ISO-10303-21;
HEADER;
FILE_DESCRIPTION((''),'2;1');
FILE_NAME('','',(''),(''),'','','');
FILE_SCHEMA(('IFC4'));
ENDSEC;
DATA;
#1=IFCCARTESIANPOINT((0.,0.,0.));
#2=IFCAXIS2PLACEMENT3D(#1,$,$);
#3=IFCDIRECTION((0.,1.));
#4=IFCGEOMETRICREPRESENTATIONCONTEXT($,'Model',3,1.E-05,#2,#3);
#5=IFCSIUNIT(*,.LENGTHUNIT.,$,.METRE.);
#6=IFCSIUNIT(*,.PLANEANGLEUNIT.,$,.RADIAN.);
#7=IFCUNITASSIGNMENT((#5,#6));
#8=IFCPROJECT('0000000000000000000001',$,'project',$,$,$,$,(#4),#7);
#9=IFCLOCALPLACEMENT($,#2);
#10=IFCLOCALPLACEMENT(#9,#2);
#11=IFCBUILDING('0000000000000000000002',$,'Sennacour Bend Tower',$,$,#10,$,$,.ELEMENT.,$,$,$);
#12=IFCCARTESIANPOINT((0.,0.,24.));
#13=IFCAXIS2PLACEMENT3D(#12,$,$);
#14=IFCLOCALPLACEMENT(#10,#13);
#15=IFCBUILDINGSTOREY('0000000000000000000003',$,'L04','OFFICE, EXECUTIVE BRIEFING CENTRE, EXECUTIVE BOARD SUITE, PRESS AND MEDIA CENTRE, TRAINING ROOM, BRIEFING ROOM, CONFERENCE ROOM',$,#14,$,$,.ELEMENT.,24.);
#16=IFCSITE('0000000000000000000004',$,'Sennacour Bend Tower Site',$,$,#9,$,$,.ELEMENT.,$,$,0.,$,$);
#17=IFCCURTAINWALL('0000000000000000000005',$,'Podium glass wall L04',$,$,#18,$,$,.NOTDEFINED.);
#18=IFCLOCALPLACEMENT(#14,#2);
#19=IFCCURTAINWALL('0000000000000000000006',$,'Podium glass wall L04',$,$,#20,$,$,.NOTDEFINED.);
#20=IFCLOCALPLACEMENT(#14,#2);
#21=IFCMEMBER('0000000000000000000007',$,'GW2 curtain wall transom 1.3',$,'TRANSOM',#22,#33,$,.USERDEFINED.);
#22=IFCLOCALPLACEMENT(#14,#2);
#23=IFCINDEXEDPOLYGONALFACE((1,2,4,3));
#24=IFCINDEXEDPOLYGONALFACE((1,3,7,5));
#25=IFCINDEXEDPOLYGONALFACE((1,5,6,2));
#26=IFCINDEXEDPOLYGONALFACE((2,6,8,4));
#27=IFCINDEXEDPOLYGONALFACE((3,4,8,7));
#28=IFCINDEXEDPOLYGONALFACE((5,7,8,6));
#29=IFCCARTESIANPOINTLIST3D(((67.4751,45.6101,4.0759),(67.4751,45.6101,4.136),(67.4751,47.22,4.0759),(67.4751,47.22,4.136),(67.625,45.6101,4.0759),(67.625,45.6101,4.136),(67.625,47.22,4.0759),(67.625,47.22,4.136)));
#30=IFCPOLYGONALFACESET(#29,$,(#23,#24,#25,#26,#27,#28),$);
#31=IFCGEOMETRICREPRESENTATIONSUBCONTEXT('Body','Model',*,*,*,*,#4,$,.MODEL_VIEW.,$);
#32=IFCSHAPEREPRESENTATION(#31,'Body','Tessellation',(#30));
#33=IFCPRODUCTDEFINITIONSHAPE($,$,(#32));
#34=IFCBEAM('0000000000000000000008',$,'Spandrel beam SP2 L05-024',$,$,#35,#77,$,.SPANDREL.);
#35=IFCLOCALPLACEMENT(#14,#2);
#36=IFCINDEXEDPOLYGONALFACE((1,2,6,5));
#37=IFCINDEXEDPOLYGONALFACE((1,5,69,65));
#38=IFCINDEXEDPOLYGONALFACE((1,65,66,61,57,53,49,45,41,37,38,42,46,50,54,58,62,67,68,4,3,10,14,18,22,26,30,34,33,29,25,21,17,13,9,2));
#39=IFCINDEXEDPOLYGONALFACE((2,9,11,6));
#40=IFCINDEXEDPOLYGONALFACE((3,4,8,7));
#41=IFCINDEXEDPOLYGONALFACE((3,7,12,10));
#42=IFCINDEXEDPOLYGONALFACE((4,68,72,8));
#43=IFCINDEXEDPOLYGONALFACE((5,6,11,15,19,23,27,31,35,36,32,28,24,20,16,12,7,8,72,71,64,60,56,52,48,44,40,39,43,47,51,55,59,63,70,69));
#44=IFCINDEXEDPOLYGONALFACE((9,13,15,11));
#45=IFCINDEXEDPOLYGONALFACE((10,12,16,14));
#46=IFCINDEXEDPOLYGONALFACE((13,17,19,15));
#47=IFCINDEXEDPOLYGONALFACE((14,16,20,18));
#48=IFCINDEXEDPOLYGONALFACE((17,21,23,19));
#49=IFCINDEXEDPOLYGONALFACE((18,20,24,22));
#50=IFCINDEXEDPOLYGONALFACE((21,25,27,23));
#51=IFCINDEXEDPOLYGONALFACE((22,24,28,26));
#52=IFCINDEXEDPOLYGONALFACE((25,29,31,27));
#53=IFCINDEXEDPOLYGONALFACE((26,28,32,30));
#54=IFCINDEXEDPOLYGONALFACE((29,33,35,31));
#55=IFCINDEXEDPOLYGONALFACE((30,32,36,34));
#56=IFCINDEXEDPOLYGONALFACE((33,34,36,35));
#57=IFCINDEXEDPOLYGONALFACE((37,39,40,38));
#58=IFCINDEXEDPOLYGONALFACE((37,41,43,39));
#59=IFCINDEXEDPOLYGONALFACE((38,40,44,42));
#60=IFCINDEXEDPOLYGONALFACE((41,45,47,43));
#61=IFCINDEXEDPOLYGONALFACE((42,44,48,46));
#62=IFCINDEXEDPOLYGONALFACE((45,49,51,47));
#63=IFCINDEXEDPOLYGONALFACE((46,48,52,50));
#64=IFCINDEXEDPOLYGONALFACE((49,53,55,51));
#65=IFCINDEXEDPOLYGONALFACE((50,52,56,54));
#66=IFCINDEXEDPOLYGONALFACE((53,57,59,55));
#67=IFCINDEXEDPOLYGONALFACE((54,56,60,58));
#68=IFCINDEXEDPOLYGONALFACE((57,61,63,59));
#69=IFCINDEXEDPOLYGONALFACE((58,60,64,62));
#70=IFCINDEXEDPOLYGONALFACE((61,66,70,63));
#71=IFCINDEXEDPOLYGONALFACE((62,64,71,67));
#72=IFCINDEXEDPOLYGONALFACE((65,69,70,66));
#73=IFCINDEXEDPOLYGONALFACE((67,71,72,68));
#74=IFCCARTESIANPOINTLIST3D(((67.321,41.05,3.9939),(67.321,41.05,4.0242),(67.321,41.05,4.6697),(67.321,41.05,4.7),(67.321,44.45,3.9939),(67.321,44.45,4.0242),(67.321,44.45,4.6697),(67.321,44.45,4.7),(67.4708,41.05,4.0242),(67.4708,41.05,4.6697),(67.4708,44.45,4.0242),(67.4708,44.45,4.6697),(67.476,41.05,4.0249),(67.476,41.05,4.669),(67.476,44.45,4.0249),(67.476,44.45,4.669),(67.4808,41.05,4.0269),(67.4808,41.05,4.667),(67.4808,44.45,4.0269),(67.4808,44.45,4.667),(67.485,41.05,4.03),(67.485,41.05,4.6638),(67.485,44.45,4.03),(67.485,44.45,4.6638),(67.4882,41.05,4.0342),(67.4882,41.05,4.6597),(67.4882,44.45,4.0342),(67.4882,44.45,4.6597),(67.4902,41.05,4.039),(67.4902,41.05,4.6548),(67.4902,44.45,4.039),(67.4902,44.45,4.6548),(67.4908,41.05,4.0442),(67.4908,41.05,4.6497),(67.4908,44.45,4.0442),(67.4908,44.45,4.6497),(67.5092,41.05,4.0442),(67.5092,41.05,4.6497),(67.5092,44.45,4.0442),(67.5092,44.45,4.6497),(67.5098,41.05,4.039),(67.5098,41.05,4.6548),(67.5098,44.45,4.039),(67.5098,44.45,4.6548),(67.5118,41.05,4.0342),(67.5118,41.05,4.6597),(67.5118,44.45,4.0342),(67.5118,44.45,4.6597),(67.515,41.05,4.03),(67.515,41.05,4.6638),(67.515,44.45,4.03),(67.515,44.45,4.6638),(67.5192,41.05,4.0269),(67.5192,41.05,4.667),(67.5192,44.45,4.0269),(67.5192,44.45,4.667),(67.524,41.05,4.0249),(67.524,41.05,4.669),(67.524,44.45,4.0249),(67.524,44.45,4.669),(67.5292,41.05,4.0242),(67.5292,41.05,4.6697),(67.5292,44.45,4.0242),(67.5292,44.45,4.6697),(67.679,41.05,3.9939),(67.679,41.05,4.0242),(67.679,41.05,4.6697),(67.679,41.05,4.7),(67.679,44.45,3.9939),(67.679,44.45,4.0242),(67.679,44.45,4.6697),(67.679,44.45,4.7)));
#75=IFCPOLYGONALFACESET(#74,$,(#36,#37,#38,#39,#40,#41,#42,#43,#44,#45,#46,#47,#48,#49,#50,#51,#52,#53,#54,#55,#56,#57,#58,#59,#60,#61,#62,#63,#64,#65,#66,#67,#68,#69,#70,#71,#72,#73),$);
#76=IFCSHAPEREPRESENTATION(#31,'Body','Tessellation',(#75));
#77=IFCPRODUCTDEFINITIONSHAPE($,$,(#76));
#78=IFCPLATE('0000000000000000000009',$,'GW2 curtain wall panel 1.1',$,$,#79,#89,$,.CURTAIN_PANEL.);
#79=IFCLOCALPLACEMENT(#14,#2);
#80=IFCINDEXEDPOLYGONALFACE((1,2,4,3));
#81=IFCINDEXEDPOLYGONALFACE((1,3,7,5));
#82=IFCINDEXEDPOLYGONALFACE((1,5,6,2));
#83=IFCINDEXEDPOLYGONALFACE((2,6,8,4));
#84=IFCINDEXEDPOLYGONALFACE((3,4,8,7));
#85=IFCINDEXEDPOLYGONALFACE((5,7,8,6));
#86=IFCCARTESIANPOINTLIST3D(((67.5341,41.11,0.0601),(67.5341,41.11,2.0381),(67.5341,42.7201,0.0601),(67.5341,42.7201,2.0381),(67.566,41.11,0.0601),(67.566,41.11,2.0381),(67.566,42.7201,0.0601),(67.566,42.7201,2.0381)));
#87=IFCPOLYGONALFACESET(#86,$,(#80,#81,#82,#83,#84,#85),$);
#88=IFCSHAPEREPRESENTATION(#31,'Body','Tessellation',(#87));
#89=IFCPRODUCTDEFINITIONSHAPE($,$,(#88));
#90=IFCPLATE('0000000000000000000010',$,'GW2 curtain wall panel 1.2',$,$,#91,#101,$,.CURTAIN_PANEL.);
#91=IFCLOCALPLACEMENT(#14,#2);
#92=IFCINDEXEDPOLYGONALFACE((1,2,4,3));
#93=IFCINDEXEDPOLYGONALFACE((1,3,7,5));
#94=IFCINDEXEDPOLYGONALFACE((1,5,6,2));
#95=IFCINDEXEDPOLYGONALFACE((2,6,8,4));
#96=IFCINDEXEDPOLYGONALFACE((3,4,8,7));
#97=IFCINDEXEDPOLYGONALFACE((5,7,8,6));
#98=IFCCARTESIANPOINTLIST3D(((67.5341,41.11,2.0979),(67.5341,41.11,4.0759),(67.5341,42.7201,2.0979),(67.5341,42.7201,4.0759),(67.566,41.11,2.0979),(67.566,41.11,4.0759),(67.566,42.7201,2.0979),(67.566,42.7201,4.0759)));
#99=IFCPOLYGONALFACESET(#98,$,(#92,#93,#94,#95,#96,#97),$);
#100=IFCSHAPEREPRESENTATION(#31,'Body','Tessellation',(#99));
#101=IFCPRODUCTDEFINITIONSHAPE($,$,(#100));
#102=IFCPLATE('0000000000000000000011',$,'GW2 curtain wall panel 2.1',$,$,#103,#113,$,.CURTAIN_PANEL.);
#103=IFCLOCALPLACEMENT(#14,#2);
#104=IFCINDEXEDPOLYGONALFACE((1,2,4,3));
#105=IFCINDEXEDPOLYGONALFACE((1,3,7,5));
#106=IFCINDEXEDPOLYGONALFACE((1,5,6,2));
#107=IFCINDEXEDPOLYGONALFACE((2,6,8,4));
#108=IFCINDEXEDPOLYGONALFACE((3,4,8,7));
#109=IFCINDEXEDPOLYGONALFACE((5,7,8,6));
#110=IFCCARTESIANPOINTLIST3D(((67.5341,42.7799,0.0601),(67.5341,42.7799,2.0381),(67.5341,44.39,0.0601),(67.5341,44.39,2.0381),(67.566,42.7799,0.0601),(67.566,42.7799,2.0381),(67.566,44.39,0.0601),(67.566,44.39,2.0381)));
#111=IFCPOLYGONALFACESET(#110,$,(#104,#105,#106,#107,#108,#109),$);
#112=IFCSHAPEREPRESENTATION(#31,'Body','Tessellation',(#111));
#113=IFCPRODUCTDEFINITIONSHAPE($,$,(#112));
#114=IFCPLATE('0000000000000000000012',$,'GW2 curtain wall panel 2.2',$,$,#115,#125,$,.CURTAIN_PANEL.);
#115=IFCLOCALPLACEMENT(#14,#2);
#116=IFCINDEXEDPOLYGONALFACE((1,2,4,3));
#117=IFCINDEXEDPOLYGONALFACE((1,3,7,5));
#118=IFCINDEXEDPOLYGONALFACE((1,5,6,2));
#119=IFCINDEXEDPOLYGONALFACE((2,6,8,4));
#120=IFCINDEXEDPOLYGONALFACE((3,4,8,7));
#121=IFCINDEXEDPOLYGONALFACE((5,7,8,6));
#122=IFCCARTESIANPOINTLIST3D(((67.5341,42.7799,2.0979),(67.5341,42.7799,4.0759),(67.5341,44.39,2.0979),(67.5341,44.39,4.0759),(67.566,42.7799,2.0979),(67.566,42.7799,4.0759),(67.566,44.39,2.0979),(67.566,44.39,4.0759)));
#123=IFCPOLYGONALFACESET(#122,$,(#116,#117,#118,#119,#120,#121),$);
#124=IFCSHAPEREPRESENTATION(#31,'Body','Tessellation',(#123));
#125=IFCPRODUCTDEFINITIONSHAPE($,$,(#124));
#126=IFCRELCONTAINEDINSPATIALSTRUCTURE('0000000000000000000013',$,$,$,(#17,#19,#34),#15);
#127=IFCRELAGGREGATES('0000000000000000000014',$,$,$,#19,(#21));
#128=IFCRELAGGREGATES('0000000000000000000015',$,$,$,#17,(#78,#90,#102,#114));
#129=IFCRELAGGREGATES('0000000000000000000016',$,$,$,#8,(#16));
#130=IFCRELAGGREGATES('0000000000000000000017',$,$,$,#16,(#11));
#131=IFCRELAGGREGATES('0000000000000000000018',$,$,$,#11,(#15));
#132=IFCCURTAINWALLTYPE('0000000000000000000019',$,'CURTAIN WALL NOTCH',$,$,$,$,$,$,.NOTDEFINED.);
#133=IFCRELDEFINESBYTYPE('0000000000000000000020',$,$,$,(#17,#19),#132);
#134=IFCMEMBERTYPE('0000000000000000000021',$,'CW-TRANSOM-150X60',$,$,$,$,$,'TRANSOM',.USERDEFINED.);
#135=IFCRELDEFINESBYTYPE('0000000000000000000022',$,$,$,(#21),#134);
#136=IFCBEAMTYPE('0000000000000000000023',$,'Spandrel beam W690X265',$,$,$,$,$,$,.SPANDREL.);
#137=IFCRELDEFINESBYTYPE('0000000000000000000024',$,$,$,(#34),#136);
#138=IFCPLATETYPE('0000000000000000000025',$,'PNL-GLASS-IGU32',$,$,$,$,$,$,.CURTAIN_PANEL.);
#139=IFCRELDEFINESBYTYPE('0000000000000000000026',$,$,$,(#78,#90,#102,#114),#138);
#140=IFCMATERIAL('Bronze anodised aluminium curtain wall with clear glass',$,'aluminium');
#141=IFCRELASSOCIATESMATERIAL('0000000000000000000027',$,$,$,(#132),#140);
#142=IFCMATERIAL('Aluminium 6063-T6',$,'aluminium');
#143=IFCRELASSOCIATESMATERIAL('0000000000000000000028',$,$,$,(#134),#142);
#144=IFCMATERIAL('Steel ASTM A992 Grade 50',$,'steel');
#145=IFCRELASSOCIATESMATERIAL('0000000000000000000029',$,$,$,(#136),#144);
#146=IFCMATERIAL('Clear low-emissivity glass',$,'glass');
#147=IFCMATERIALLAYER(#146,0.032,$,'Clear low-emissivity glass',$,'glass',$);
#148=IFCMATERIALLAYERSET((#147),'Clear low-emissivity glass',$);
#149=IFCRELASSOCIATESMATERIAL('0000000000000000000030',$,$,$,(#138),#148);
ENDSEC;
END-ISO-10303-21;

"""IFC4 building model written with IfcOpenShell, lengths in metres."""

from ifc_helpers import new_model, si_unit, direction, frame, origin, origin_2d, place, context, subcontext, project, spatial, rectangle, i_section, extrude, material, layer, layer_set, material_profile, profile_set, type_object, element, aggregate, save


model = new_model("IFC4")

# Units and contexts
model_context = context("Model", 3, precision=1e-05, world=origin(), true_north=direction((0.0, 1.0)))
body_context = subcontext(model_context, "Body", "Model", "MODEL_VIEW")
ifc_project = project(units=[si_unit("LENGTHUNIT", "METRE"), si_unit("PLANEANGLEUNIT", "RADIAN")], contexts=[model_context])

# Site, building, storey
site_placement = place(None, origin())
site = spatial("IfcSite", under=ifc_project, at=site_placement, Name="Sennacour Bend Tower Site", CompositionType="ELEMENT", RefElevation=0.0)
building_placement = place(site_placement, origin())
building = spatial("IfcBuilding", under=site, at=building_placement, Name="Sennacour Bend Tower", CompositionType="ELEMENT")
storey_placement = place(building_placement, frame((0.0, 0.0, 24.0)))
storey = spatial("IfcBuildingStorey", under=building, at=storey_placement, Name="L04", Description="OFFICE, EXECUTIVE BRIEFING CENTRE, EXECUTIVE BOARD SUITE, PRESS AND MEDIA CENTRE, TRAINING ROOM, BRIEFING ROOM, CONFERENCE ROOM", CompositionType="ELEMENT", Elevation=24.0)

# Curtain wall
ifc_material_1 = material(Name="Bronze anodised aluminium curtain wall with clear glass", Category="aluminium")
curtain_wall_type = type_object("IfcCurtainWallType", Name="CURTAIN WALL NOTCH", PredefinedType="NOTDEFINED", material=ifc_material_1)
curtain_wall_1_placement = place(storey_placement, origin())
curtain_wall_1 = element("IfcCurtainWall", 1, at=curtain_wall_1_placement, inside=storey, type_object=curtain_wall_type, Name="Podium glass wall L04", PredefinedType="NOTDEFINED")
ifc_material_2 = material(Name="Aluminium 6063-T6", Category="aluminium")

# Curtain wall
curtain_wall_2_placement = place(storey_placement, origin())
curtain_wall_2 = element("IfcCurtainWall", 2, at=curtain_wall_2_placement, inside=storey, type_object=curtain_wall_type, Name="Podium glass wall L04", PredefinedType="NOTDEFINED")

# Member
ifc_material_profile_1 = material_profile(ifc_material_2, rectangle(XDim=0.1499, YDim=0.0601, at=origin_2d()), Name="Aluminium 6063-T6", Category="aluminium")
ifc_profile_set_1 = profile_set([ifc_material_profile_1], Name="Aluminium 6063-T6")
member_type_1 = type_object("IfcMemberType", Name="CW-TRANSOM-150X60", ElementType="TRANSOM", PredefinedType="USERDEFINED", material=ifc_profile_set_1)
member_1_placement = place(storey_placement, frame((67.55, 45.6101, 4.106), z_axis=(0.0, 1.0, 0.0), x_axis=(-1.0, 0.0, 0.0)))
member_1 = element("IfcMember", 3, at=member_1_placement, type_object=member_type_1, Name="GW2 curtain wall transom 1.3", ObjectType="TRANSOM", PredefinedType="USERDEFINED", context=body_context, shape_type="SweptSolid", body=[
    extrude(rectangle(XDim=0.1499, YDim=0.0601, at=origin_2d()), origin(), (0.0, 0.0, 1.0), 1.6099),
])
aggregate(curtain_wall_2, [member_1])

# Beam
ifc_material_3 = material(Name="Steel ASTM A992 Grade 50", Category="steel")
ifc_material_profile_2 = material_profile(ifc_material_3, i_section(OverallWidth=0.3579, OverallDepth=0.7061, WebThickness=0.0183, FlangeThickness=0.0303, FilletRadius=0.02, at=origin_2d()), Name="Steel ASTM A992 Grade 50", Category="steel")
ifc_profile_set_2 = profile_set([ifc_material_profile_2], Name="Steel ASTM A992 Grade 50")
beam_type = type_object("IfcBeamType", Name="Spandrel beam W690X265", PredefinedType="SPANDREL", material=ifc_profile_set_2)
beam_placement = place(storey_placement, frame((67.5, 44.45, 4.3469), z_axis=(0.0, -1.0, 0.0), x_axis=(1.0, 0.0, 0.0)))
element("IfcBeam", 4, at=beam_placement, inside=storey, type_object=beam_type, Name="Spandrel beam SP2 L05-024", PredefinedType="SPANDREL", context=body_context, shape_type="SweptSolid", body=[
    extrude(i_section(OverallWidth=0.3579, OverallDepth=0.7061, WebThickness=0.0183, FlangeThickness=0.0303, FilletRadius=0.02, at=origin_2d()), origin(), (0.0, 0.0, 1.0), 3.3999),
])

# Plates
ifc_material_4 = material(Name="Clear low-emissivity glass", Category="glass")
ifc_layer = layer(ifc_material_4, 0.032, Name="Clear low-emissivity glass", Category="glass")
ifc_layer_set = layer_set([ifc_layer], Name="Clear low-emissivity glass")
plate_type = type_object("IfcPlateType", Name="PNL-GLASS-IGU32", PredefinedType="CURTAIN_PANEL", material=ifc_layer_set)
plate_1_placement = place(storey_placement, frame((67.55, 41.915, 0.0601), z_axis=(0.0, 0.0, 1.0), x_axis=(0.0, 1.0, 0.0)))
plate_1 = element("IfcPlate", 5, at=plate_1_placement, type_object=plate_type, Name="GW2 curtain wall panel 1.1", PredefinedType="CURTAIN_PANEL", context=body_context, shape_type="SweptSolid", body=[
    extrude(rectangle(XDim=1.6101, YDim=0.032, at=origin_2d()), origin(), (0.0, 0.0, 1.0), 1.978),
])
plate_2_placement = place(storey_placement, frame((67.55, 41.915, 2.0979), z_axis=(0.0, 0.0, 1.0), x_axis=(0.0, 1.0, 0.0)))
plate_2 = element("IfcPlate", 6, at=plate_2_placement, type_object=plate_type, Name="GW2 curtain wall panel 1.2", PredefinedType="CURTAIN_PANEL", context=body_context, shape_type="SweptSolid", body=[
    extrude(rectangle(XDim=1.6101, YDim=0.032, at=origin_2d()), origin(), (0.0, 0.0, 1.0), 1.978),
])
plate_3_placement = place(storey_placement, frame((67.55, 43.585, 0.0601), z_axis=(0.0, 0.0, 1.0), x_axis=(0.0, 1.0, 0.0)))
plate_3 = element("IfcPlate", 7, at=plate_3_placement, type_object=plate_type, Name="GW2 curtain wall panel 2.1", PredefinedType="CURTAIN_PANEL", context=body_context, shape_type="SweptSolid", body=[
    extrude(rectangle(XDim=1.6101, YDim=0.032, at=origin_2d()), origin(), (0.0, 0.0, 1.0), 1.978),
])
plate_4_placement = place(storey_placement, frame((67.55, 43.585, 2.0979), z_axis=(0.0, 0.0, 1.0), x_axis=(0.0, 1.0, 0.0)))
plate_4 = element("IfcPlate", 8, at=plate_4_placement, type_object=plate_type, Name="GW2 curtain wall panel 2.2", PredefinedType="CURTAIN_PANEL", context=body_context, shape_type="SweptSolid", body=[
    extrude(rectangle(XDim=1.6101, YDim=0.032, at=origin_2d()), origin(), (0.0, 0.0, 1.0), 1.978),
])
aggregate(curtain_wall_1, [plate_1, plate_2, plate_3, plate_4])

save(model, "model.ifc")
